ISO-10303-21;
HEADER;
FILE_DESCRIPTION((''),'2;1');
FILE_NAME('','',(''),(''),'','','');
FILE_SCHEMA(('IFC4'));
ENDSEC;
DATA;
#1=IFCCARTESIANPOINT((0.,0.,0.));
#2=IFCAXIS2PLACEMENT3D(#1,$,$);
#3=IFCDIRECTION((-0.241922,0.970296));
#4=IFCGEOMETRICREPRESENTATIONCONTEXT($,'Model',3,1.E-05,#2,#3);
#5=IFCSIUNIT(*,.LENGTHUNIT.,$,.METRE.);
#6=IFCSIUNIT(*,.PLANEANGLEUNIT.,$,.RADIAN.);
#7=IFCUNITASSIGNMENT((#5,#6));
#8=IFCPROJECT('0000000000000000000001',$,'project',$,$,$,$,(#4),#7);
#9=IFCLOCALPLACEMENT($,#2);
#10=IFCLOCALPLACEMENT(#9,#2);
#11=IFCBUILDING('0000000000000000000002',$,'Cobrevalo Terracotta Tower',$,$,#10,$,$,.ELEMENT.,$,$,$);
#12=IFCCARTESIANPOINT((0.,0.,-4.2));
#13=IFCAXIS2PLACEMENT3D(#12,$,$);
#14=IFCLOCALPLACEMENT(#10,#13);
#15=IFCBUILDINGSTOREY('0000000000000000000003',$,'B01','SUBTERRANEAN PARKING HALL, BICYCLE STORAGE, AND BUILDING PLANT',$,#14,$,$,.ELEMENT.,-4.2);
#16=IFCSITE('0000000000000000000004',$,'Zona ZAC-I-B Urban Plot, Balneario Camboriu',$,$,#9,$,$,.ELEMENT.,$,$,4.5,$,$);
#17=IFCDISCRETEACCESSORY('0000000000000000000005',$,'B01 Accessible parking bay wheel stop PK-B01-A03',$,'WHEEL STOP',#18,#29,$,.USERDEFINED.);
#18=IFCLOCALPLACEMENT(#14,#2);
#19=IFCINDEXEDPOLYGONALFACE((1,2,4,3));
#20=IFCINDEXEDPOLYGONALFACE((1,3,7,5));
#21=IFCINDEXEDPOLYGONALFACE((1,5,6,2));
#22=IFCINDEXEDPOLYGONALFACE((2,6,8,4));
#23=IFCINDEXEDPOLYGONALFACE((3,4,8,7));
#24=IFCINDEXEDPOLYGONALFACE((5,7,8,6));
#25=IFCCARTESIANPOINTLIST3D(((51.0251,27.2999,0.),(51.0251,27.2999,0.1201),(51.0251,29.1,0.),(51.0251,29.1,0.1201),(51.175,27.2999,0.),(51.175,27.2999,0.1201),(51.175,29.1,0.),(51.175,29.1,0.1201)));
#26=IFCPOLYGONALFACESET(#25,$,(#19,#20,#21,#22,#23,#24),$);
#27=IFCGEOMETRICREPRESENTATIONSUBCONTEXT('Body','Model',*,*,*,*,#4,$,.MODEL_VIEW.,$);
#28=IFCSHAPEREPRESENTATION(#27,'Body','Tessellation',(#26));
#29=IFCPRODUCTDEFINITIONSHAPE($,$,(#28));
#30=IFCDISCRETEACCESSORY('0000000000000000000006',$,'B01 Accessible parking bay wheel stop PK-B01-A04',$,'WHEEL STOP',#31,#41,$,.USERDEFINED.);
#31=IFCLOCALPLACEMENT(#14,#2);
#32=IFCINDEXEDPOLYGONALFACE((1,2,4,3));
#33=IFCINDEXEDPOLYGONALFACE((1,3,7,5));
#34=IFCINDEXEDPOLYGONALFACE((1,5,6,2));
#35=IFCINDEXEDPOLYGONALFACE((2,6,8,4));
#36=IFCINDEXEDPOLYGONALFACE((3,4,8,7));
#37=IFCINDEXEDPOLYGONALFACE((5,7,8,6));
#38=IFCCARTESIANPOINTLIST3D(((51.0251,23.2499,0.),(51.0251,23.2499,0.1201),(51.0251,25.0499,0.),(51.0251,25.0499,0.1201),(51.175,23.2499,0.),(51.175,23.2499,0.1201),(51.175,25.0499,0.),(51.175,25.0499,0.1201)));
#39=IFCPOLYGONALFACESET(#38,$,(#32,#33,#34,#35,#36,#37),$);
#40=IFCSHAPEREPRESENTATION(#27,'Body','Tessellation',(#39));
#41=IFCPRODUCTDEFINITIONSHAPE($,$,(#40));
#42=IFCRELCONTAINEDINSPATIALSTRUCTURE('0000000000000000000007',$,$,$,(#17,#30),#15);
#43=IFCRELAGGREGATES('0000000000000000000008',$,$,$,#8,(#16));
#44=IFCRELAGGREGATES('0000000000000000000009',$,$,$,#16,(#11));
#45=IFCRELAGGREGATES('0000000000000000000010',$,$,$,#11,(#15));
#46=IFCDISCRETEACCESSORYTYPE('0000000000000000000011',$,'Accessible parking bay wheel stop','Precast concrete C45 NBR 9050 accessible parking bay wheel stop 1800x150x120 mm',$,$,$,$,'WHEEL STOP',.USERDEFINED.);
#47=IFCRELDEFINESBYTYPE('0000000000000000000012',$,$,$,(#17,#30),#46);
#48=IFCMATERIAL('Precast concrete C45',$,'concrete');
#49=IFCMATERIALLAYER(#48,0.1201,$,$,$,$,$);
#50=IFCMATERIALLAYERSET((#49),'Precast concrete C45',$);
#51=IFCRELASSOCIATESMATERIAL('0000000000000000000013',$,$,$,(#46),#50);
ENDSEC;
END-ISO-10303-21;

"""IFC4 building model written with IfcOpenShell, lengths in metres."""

from ifc_helpers import new_model, si_unit, direction, frame, origin, origin_2d, place, context, subcontext, project, spatial, rectangle, extrude, source, transform, mapped, material, layer, layer_set, type_object, element, save


model = new_model("IFC4")

# Units and contexts
model_context = context("Model", 3, precision=1e-05, world=origin(), true_north=direction((-0.241922, 0.970296)))
body_context = subcontext(model_context, "Body", "Model", "MODEL_VIEW")
ifc_project = project(units=[si_unit("LENGTHUNIT", "METRE"), si_unit("PLANEANGLEUNIT", "RADIAN")], contexts=[model_context])

# Site, building, storey
site_placement = place(None, origin())
site = spatial("IfcSite", under=ifc_project, at=site_placement, Name="Zona ZAC-I-B Urban Plot, Balneario Camboriu", CompositionType="ELEMENT", RefElevation=4.5)
building_placement = place(site_placement, origin())
building = spatial("IfcBuilding", under=site, at=building_placement, Name="Cobrevalo Terracotta Tower", CompositionType="ELEMENT")
storey_placement = place(building_placement, frame((0.0, 0.0, -4.2)))
storey = spatial("IfcBuildingStorey", under=building, at=storey_placement, Name="B01", Description="SUBTERRANEAN PARKING HALL, BICYCLE STORAGE, AND BUILDING PLANT", CompositionType="ELEMENT", Elevation=-4.2)

# Discrete accessories
ifc_material_1 = material(Name="Precast concrete C45", Category="concrete")
ifc_layer_1 = layer(ifc_material_1, 0.1201)
ifc_layer_set_1 = layer_set([ifc_layer_1], Name="Precast concrete C45")
discrete_accessory_type = type_object("IfcDiscreteAccessoryType", Name="Accessible parking bay wheel stop", Description="Precast concrete C45 NBR 9050 accessible parking bay wheel stop 1800x150x120 mm", ElementType="WHEEL STOP", PredefinedType="USERDEFINED", material=ifc_layer_set_1)
shared_shape_1 = source(origin(), body_context, "Body", "SweptSolid", [
    extrude(rectangle(XDim=1.8, YDim=0.1499, at=origin_2d()), origin(), (0.0, 0.0, 1.0), 0.1201),
])
for number, where, z_axis, x_axis, name in (
    (1, (51.1001, 28.2, 0.0), (0.0, 0.0, 1.0), (0.0, 1.0, 0.0), "B01 Accessible parking bay wheel stop PK-B01-A03"),
    (2, (51.1001, 24.1499, 0.0), (0.0, 0.0, 1.0), (0.0, 1.0, 0.0), "B01 Accessible parking bay wheel stop PK-B01-A04"),
):
    element("IfcDiscreteAccessory", number, at=place(storey_placement, frame(where, z_axis=z_axis, x_axis=x_axis)), inside=storey, type_object=discrete_accessory_type, Name=name, ObjectType="WHEEL STOP", PredefinedType="USERDEFINED", context=body_context, shape_type="MappedRepresentation", body=[
        mapped(shared_shape_1, transform((0.0, 0.0, 0.0), scale=1.0)),
    ])

save(model, "model.ifc")
